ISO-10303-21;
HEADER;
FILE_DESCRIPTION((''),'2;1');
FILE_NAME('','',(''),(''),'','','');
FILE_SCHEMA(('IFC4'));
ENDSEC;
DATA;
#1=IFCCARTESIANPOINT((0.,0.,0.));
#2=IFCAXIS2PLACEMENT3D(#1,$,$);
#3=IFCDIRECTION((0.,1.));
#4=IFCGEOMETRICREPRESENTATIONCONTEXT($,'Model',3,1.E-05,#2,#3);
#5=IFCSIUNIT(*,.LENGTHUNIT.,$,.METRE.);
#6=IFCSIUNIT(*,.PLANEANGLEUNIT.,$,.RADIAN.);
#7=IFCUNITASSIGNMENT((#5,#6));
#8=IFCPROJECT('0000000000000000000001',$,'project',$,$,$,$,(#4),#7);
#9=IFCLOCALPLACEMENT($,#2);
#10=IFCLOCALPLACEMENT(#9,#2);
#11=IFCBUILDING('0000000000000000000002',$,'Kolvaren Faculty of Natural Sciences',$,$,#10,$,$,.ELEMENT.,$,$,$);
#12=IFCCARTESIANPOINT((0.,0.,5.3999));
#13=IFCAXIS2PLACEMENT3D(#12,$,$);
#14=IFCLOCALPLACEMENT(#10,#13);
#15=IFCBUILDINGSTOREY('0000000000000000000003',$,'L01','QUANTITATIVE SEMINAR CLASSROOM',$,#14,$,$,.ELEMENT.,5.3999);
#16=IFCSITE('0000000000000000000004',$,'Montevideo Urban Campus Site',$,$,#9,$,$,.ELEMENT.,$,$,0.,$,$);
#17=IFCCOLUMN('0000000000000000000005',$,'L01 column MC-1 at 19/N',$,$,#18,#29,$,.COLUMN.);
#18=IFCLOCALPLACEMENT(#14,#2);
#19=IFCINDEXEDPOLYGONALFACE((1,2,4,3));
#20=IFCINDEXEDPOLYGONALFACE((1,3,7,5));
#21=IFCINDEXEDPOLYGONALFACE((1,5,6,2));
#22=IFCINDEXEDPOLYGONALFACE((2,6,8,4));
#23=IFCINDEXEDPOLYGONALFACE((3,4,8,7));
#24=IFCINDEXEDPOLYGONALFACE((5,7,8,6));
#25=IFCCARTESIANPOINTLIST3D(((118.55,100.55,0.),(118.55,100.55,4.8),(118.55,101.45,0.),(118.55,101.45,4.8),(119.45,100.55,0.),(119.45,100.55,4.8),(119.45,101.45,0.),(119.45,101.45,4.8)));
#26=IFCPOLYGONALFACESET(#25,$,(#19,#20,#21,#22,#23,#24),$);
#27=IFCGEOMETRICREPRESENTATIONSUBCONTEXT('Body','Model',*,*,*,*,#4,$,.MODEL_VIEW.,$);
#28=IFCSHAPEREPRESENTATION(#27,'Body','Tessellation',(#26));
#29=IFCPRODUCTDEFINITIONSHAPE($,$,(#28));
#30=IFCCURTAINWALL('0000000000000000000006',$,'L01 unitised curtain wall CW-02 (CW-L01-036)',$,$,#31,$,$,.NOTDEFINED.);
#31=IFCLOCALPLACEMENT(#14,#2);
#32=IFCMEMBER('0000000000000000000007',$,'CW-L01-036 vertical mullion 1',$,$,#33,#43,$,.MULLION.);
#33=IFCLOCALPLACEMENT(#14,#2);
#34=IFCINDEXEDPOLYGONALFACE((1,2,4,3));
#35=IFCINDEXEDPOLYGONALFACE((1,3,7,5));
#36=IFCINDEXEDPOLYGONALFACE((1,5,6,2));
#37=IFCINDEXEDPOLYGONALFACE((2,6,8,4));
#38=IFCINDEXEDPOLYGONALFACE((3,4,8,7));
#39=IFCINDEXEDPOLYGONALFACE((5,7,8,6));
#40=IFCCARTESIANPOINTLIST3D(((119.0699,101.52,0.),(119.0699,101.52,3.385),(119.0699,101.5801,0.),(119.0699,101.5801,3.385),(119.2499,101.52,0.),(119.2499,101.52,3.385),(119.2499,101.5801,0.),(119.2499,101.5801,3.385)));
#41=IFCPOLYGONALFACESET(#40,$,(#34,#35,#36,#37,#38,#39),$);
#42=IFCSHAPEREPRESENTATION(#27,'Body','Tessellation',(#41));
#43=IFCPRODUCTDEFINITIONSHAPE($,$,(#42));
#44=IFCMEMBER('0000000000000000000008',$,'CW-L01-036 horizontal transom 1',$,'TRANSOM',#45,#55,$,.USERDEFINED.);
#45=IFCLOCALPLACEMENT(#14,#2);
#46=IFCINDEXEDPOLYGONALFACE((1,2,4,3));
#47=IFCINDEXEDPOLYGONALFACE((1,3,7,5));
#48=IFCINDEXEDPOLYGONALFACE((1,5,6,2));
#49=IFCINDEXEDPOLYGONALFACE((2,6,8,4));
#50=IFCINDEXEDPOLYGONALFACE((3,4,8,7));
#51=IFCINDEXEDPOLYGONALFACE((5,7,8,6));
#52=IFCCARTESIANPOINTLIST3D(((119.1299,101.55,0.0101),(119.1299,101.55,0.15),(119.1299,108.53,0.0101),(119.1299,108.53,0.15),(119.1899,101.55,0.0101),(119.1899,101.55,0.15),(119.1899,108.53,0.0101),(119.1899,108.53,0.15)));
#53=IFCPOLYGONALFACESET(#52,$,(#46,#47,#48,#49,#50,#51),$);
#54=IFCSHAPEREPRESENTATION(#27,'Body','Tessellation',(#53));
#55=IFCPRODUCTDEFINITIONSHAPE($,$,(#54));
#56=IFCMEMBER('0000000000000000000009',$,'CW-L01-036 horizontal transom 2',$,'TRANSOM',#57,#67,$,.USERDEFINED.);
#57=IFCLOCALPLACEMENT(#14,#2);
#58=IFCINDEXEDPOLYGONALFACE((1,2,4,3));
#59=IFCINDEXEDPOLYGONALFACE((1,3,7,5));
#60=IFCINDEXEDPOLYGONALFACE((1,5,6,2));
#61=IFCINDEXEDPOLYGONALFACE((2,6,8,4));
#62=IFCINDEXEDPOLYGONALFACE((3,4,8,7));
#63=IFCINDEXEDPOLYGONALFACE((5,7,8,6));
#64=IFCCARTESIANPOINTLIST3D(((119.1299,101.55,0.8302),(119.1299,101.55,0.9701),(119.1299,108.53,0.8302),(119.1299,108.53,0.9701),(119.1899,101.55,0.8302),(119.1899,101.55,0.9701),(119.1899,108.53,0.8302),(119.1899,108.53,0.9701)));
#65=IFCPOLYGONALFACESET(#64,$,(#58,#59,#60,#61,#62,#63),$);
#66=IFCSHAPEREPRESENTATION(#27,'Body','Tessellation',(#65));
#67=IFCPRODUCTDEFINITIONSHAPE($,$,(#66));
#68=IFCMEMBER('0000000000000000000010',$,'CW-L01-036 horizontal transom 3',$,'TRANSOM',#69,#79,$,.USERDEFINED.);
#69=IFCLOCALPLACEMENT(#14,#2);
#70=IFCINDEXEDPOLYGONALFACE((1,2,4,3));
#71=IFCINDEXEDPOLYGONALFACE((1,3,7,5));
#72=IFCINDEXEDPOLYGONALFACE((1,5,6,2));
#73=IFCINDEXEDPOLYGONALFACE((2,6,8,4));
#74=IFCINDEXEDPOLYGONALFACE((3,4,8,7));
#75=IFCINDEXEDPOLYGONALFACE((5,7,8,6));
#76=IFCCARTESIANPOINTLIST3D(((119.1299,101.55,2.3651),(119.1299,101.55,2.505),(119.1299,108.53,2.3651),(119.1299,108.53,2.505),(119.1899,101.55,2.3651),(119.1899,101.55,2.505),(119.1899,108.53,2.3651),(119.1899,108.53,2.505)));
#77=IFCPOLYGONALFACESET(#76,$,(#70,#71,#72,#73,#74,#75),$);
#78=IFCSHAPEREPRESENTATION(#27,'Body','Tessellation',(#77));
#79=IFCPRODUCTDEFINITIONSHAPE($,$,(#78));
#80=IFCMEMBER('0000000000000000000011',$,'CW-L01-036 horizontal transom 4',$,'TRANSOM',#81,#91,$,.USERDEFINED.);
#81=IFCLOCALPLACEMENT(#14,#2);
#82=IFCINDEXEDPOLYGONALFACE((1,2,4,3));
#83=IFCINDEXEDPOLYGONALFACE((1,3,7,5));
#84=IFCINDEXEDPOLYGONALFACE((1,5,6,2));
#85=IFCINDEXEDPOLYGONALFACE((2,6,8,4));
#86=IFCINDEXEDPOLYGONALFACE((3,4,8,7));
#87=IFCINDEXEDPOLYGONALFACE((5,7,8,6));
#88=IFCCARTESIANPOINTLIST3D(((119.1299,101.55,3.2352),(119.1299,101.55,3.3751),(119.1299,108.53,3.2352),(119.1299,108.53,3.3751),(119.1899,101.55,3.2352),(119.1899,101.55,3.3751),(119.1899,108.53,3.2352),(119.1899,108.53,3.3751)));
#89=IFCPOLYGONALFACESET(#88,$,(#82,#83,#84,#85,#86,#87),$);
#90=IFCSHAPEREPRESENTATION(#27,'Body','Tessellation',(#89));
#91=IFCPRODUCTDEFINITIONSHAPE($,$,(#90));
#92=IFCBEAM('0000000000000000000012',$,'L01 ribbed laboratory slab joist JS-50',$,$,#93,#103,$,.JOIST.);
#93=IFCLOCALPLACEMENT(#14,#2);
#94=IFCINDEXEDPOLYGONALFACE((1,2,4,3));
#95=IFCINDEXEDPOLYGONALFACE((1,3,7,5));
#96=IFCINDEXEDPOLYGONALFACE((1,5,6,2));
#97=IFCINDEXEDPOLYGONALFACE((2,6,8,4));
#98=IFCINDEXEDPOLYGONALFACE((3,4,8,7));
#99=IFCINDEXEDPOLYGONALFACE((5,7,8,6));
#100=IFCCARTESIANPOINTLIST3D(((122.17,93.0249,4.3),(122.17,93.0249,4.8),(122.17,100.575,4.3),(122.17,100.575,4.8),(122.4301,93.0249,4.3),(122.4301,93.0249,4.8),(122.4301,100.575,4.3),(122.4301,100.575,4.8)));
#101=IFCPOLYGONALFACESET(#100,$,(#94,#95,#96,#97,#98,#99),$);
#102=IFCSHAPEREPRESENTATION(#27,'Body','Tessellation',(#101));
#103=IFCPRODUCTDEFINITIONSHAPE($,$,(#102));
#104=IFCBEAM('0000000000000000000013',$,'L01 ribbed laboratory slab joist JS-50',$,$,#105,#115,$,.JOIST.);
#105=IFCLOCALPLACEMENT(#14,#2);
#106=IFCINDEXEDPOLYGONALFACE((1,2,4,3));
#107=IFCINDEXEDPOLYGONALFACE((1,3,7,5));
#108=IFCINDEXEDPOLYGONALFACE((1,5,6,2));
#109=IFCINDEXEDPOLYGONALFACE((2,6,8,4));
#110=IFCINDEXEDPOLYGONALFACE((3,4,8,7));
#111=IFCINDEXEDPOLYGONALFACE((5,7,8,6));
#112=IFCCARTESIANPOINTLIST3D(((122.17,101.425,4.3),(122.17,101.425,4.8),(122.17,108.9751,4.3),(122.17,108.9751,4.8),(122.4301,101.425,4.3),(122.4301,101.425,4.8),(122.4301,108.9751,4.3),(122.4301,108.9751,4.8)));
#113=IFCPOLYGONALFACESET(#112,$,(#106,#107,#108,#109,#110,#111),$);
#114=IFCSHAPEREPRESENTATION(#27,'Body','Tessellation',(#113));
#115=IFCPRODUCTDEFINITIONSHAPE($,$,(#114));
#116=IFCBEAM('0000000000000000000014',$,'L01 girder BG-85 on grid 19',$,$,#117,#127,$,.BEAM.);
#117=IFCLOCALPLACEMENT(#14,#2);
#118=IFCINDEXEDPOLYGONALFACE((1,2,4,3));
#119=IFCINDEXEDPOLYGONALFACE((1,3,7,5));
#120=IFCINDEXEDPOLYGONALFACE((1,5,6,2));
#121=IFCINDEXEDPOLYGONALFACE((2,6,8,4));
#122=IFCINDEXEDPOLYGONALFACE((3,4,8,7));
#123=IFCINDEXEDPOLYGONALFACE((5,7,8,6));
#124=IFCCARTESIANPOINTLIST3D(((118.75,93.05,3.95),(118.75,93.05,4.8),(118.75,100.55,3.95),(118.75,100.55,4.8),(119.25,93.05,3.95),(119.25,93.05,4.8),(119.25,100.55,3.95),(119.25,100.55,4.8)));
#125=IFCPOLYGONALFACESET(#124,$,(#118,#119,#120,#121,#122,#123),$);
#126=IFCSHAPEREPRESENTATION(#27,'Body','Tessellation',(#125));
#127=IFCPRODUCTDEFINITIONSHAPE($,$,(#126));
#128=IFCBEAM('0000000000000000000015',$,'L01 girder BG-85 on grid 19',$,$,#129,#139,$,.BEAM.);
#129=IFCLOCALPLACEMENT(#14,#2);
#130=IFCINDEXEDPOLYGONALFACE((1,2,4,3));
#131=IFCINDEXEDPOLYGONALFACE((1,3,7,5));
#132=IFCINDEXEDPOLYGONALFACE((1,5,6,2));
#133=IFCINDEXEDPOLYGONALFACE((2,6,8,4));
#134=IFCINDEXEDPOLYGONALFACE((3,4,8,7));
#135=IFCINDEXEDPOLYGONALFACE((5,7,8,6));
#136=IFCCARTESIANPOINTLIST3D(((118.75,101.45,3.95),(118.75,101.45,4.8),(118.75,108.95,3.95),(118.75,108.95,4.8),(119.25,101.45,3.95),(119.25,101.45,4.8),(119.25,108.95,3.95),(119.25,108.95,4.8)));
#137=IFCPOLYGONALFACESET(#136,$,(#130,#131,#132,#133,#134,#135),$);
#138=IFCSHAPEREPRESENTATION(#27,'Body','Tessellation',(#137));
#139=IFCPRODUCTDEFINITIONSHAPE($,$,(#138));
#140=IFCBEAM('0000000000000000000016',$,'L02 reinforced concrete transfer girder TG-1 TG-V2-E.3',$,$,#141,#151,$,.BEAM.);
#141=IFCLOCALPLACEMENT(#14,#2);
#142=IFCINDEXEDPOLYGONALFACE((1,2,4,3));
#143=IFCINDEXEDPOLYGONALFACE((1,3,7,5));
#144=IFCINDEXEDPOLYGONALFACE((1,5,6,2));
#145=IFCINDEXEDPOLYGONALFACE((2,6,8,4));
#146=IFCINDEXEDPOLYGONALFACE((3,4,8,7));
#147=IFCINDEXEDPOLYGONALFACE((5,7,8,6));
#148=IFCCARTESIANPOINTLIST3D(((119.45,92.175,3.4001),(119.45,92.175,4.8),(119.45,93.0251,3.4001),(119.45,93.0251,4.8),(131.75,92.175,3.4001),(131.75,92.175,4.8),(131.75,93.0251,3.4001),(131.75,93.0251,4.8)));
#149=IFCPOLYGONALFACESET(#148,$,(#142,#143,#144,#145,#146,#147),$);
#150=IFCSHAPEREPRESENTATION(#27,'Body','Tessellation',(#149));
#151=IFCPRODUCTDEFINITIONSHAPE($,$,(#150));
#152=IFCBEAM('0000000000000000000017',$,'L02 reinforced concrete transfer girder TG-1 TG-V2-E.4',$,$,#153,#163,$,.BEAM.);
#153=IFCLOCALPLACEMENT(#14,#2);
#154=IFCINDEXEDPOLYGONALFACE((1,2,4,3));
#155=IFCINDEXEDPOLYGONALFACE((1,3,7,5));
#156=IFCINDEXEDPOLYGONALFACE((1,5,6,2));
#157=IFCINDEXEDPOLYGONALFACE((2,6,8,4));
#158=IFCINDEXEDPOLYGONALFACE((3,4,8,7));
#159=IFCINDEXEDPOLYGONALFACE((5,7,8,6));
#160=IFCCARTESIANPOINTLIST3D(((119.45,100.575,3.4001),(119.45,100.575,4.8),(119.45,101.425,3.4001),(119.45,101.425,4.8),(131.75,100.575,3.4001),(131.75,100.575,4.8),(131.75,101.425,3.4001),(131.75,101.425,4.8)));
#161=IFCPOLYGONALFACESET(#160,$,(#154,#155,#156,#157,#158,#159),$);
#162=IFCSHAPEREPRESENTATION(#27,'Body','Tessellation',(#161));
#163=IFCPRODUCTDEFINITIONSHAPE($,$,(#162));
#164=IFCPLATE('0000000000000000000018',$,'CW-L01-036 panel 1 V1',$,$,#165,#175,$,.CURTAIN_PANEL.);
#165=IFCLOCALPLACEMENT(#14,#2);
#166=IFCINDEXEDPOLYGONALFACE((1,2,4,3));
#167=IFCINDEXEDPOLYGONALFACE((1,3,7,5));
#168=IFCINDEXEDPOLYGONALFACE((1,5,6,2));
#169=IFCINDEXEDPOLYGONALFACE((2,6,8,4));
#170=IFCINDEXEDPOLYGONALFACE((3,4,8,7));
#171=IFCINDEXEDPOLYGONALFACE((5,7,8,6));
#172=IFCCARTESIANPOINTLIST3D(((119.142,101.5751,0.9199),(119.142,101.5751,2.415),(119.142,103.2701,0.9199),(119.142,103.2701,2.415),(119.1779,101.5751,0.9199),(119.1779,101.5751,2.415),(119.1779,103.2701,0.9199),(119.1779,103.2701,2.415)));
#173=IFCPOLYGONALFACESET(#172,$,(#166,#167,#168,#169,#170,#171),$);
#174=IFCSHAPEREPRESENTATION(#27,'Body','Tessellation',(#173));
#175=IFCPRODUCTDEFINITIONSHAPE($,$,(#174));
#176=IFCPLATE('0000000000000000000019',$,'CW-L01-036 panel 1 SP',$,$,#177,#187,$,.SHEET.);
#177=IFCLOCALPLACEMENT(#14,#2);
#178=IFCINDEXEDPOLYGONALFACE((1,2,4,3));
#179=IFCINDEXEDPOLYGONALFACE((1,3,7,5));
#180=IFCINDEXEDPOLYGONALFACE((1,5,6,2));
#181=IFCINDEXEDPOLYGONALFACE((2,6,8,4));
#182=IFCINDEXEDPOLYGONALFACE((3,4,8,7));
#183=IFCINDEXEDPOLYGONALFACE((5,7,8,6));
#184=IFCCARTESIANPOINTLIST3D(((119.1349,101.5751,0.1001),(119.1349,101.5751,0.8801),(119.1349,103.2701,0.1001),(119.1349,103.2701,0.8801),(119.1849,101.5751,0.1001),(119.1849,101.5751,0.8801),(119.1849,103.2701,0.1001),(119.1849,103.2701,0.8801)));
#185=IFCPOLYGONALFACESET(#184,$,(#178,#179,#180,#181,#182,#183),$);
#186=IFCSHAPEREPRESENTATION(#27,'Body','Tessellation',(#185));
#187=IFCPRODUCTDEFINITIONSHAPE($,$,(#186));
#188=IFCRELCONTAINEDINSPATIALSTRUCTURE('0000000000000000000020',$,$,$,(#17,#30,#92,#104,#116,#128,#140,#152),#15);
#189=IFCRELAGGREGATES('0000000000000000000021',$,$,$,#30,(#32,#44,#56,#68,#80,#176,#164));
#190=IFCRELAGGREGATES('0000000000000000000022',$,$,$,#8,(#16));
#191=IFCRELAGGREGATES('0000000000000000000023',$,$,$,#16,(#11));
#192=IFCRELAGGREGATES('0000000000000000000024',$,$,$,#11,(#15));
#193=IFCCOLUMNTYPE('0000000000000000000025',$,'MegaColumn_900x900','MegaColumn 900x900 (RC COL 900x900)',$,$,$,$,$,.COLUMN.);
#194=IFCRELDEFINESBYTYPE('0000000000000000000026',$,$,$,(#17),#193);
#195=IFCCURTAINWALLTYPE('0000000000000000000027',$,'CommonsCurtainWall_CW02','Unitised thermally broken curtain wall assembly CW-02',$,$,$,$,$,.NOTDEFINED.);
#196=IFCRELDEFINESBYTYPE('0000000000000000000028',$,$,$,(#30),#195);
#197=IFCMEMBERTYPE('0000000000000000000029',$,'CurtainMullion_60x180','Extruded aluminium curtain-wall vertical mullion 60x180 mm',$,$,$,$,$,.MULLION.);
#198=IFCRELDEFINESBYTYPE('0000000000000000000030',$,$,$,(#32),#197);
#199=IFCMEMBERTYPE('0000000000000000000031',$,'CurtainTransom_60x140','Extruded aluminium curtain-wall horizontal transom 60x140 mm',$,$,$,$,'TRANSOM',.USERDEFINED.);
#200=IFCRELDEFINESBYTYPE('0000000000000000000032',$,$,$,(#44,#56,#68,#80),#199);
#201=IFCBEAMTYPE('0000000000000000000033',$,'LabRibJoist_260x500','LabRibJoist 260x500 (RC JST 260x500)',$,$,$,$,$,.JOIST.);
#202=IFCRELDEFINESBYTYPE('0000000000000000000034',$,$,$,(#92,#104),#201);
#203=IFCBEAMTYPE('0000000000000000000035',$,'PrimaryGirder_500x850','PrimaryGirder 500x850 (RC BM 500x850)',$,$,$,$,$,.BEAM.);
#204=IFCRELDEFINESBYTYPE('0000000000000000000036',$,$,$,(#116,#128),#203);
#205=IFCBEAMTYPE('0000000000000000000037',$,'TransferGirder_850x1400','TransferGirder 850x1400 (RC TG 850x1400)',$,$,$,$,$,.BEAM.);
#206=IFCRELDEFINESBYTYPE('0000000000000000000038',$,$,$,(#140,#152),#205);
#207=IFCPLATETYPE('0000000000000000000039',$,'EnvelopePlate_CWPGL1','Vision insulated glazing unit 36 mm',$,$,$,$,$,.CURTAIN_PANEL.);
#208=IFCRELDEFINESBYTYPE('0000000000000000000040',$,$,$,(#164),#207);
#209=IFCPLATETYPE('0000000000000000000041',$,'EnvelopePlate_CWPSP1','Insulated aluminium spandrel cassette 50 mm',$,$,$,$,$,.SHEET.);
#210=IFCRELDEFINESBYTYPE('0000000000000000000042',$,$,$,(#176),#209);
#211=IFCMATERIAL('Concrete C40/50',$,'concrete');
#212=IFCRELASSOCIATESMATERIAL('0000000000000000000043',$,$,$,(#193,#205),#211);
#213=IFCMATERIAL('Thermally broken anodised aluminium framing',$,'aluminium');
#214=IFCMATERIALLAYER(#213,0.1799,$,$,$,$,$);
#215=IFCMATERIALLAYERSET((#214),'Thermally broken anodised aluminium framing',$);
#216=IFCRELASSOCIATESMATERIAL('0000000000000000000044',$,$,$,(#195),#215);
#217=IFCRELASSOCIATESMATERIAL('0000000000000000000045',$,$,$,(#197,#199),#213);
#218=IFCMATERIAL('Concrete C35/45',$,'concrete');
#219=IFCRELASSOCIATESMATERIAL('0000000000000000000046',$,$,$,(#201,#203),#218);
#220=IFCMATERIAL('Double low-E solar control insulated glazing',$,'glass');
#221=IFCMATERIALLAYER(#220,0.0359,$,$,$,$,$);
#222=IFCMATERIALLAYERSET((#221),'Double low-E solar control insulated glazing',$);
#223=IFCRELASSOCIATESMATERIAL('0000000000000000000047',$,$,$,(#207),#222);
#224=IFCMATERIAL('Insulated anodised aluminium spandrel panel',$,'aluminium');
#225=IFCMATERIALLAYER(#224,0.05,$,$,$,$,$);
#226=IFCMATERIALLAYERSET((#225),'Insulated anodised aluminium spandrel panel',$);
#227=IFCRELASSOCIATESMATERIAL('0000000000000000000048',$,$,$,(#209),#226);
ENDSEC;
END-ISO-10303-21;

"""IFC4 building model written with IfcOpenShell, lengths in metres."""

from ifc_helpers import new_model, si_unit, direction, frame, origin, origin_2d, place, context, subcontext, project, spatial, rectangle, extrude, material, layer, layer_set, material_profile, profile_set, type_object, element, aggregate, save


model = new_model("IFC4")

# Units and contexts
model_context = context("Model", 3, precision=1e-05, world=origin(), true_north=direction((0.0, 1.0)))
body_context = subcontext(model_context, "Body", "Model", "MODEL_VIEW")
ifc_project = project(units=[si_unit("LENGTHUNIT", "METRE"), si_unit("PLANEANGLEUNIT", "RADIAN")], contexts=[model_context])

# Site, building, storey
site_placement = place(None, origin())
site = spatial("IfcSite", under=ifc_project, at=site_placement, Name="Montevideo Urban Campus Site", CompositionType="ELEMENT", RefElevation=0.0)
building_placement = place(site_placement, origin())
building = spatial("IfcBuilding", under=site, at=building_placement, Name="Kolvaren Faculty of Natural Sciences", CompositionType="ELEMENT")
storey_placement = place(building_placement, frame((0.0, 0.0, 5.3999)))
storey = spatial("IfcBuildingStorey", under=building, at=storey_placement, Name="L01", Description="QUANTITATIVE SEMINAR CLASSROOM", CompositionType="ELEMENT", Elevation=5.3999)

# Column
ifc_material_1 = material(Name="Concrete C40/50", Category="concrete")
ifc_material_profile_1 = material_profile(ifc_material_1, rectangle(XDim=0.8999, YDim=0.8999, at=origin_2d()), Name="RC COL 900x900")
ifc_profile_set_1 = profile_set([ifc_material_profile_1], Name="Concrete C40/50")
column_type = type_object("IfcColumnType", Name="MegaColumn_900x900", Description="MegaColumn 900x900 (RC COL 900x900)", PredefinedType="COLUMN", material=ifc_profile_set_1)
column_placement = place(storey_placement, frame((119.0, 101.0, 0.0), z_axis=(0.0, 0.0, 1.0), x_axis=(1.0, 0.0, 0.0)))
element("IfcColumn", 1, at=column_placement, inside=storey, type_object=column_type, Name="L01 column MC-1 at 19/N", PredefinedType="COLUMN", context=body_context, shape_type="SweptSolid", body=[
    extrude(rectangle(XDim=0.8999, YDim=0.8999, at=origin_2d()), origin(), (0.0, 0.0, 1.0), 4.8),
])

# Curtain wall, members
ifc_material_2 = material(Name="Thermally broken anodised aluminium framing", Category="aluminium")
ifc_layer_1 = layer(ifc_material_2, 0.1799)
ifc_layer_set_1 = layer_set([ifc_layer_1], Name="Thermally broken anodised aluminium framing")
curtain_wall_type = type_object("IfcCurtainWallType", Name="CommonsCurtainWall_CW02", Description="Unitised thermally broken curtain wall assembly CW-02", PredefinedType="NOTDEFINED", material=ifc_layer_set_1)
curtain_wall_placement = place(storey_placement, origin())
curtain_wall = element("IfcCurtainWall", 2, at=curtain_wall_placement, inside=storey, type_object=curtain_wall_type, Name="L01 unitised curtain wall CW-02 (CW-L01-036)", PredefinedType="NOTDEFINED")
ifc_material_profile_2 = material_profile(ifc_material_2, rectangle(XDim=0.0601, YDim=0.1799, at=origin_2d()), Name="ALU MUL 60x180")
ifc_profile_set_2 = profile_set([ifc_material_profile_2], Name="Thermally broken anodised aluminium framing")
member_type_1 = type_object("IfcMemberType", Name="CurtainMullion_60x180", Description="Extruded aluminium curtain-wall vertical mullion 60x180 mm", PredefinedType="MULLION", material=ifc_profile_set_2)
member_1_placement = place(storey_placement, frame((119.1599, 101.55, 0.0), z_axis=(0.0, 0.0, 1.0), x_axis=(0.0, 1.0, 0.0)))
member_1 = element("IfcMember", 3, at=member_1_placement, type_object=member_type_1, Name="CW-L01-036 vertical mullion 1", PredefinedType="MULLION", context=body_context, shape_type="SweptSolid", body=[
    extrude(rectangle(XDim=0.0601, YDim=0.1799, at=origin_2d()), origin(), (0.0, 0.0, 1.0), 3.385),
])
ifc_material_profile_3 = material_profile(ifc_material_2, rectangle(XDim=0.0601, YDim=0.1399, at=origin_2d()), Name="ALU TRN 60x140")
ifc_profile_set_3 = profile_set([ifc_material_profile_3], Name="Thermally broken anodised aluminium framing")
member_type_2 = type_object("IfcMemberType", Name="CurtainTransom_60x140", Description="Extruded aluminium curtain-wall horizontal transom 60x140 mm", ElementType="TRANSOM", PredefinedType="USERDEFINED", material=ifc_profile_set_3)
member_2_placement = place(storey_placement, frame((119.1599, 101.55, 0.0801), z_axis=(0.0, 1.0, 0.0), x_axis=(-1.0, 0.0, 0.0)))
member_2 = element("IfcMember", 4, at=member_2_placement, type_object=member_type_2, Name="CW-L01-036 horizontal transom 1", ObjectType="TRANSOM", PredefinedType="USERDEFINED", context=body_context, shape_type="SweptSolid", body=[
    extrude(rectangle(XDim=0.0601, YDim=0.1399, at=origin_2d()), origin(), (0.0, 0.0, 1.0), 6.98),
])
member_3_placement = place(storey_placement, frame((119.1599, 101.55, 0.9001), z_axis=(0.0, 1.0, 0.0), x_axis=(-1.0, 0.0, 0.0)))
member_3 = element("IfcMember", 5, at=member_3_placement, type_object=member_type_2, Name="CW-L01-036 horizontal transom 2", ObjectType="TRANSOM", PredefinedType="USERDEFINED", context=body_context, shape_type="SweptSolid", body=[
    extrude(rectangle(XDim=0.0601, YDim=0.1399, at=origin_2d()), origin(), (0.0, 0.0, 1.0), 6.98),
])
member_4_placement = place(storey_placement, frame((119.1599, 101.55, 2.4351), z_axis=(0.0, 1.0, 0.0), x_axis=(-1.0, 0.0, 0.0)))
member_4 = element("IfcMember", 6, at=member_4_placement, type_object=member_type_2, Name="CW-L01-036 horizontal transom 3", ObjectType="TRANSOM", PredefinedType="USERDEFINED", context=body_context, shape_type="SweptSolid", body=[
    extrude(rectangle(XDim=0.0601, YDim=0.1399, at=origin_2d()), origin(), (0.0, 0.0, 1.0), 6.98),
])
member_5_placement = place(storey_placement, frame((119.1599, 101.55, 3.3052), z_axis=(0.0, 1.0, 0.0), x_axis=(-1.0, 0.0, 0.0)))
member_5 = element("IfcMember", 7, at=member_5_placement, type_object=member_type_2, Name="CW-L01-036 horizontal transom 4", ObjectType="TRANSOM", PredefinedType="USERDEFINED", context=body_context, shape_type="SweptSolid", body=[
    extrude(rectangle(XDim=0.0601, YDim=0.1399, at=origin_2d()), origin(), (0.0, 0.0, 1.0), 6.98),
])

# Beams
ifc_material_3 = material(Name="Concrete C35/45", Category="concrete")
ifc_material_profile_4 = material_profile(ifc_material_3, rectangle(XDim=0.26, YDim=0.5, at=origin_2d()), Name="RC JST 260x500")
ifc_profile_set_4 = profile_set([ifc_material_profile_4], Name="Concrete C35/45")
beam_type_1 = type_object("IfcBeamType", Name="LabRibJoist_260x500", Description="LabRibJoist 260x500 (RC JST 260x500)", PredefinedType="JOIST", material=ifc_profile_set_4)
for number, where, z_axis, x_axis, name in (
    (8, (122.3, 93.0249, 4.55), (0.0, 1.0, 0.0), (-1.0, 0.0, 0.0), "L01 ribbed laboratory slab joist JS-50"),
    (9, (122.3, 101.425, 4.55), (0.0, 1.0, 0.0), (-1.0, 0.0, 0.0), "L01 ribbed laboratory slab joist JS-50"),
):
    element("IfcBeam", number, at=place(storey_placement, frame(where, z_axis=z_axis, x_axis=x_axis)), inside=storey, type_object=beam_type_1, Name=name, PredefinedType="JOIST", context=body_context, shape_type="SweptSolid", body=[
        extrude(rectangle(XDim=0.26, YDim=0.5, at=origin_2d()), origin(), (0.0, 0.0, 1.0), 7.55),
    ])
ifc_material_profile_5 = material_profile(ifc_material_3, rectangle(XDim=0.5, YDim=0.8501, at=origin_2d()), Name="RC BM 500x850")
ifc_profile_set_5 = profile_set([ifc_material_profile_5], Name="Concrete C35/45")
beam_type_2 = type_object("IfcBeamType", Name="PrimaryGirder_500x850", Description="PrimaryGirder 500x850 (RC BM 500x850)", PredefinedType="BEAM", material=ifc_profile_set_5)
for number, where, z_axis, x_axis, name in (
    (10, (119.0, 93.05, 4.375), (0.0, 1.0, 0.0), (-1.0, 0.0, 0.0), "L01 girder BG-85 on grid 19"),
    (11, (119.0, 101.45, 4.375), (0.0, 1.0, 0.0), (-1.0, 0.0, 0.0), "L01 girder BG-85 on grid 19"),
):
    element("IfcBeam", number, at=place(storey_placement, frame(where, z_axis=z_axis, x_axis=x_axis)), inside=storey, type_object=beam_type_2, Name=name, PredefinedType="BEAM", context=body_context, shape_type="SweptSolid", body=[
        extrude(rectangle(XDim=0.5, YDim=0.8501, at=origin_2d()), origin(), (0.0, 0.0, 1.0), 7.5),
    ])
ifc_material_profile_6 = material_profile(ifc_material_1, rectangle(XDim=0.8501, YDim=1.3999, at=origin_2d()), Name="RC TG 850x1400")
ifc_profile_set_6 = profile_set([ifc_material_profile_6], Name="Concrete C40/50")
beam_type_3 = type_object("IfcBeamType", Name="TransferGirder_850x1400", Description="TransferGirder 850x1400 (RC TG 850x1400)", PredefinedType="BEAM", material=ifc_profile_set_6)
for number, where, z_axis, x_axis, name in (
    (12, (119.45, 92.6001, 4.1001), (1.0, 0.0, 0.0), (0.0, 1.0, 0.0), "L02 reinforced concrete transfer girder TG-1 TG-V2-E.3"),
    (13, (119.45, 101.0, 4.1001), (1.0, 0.0, 0.0), (0.0, 1.0, 0.0), "L02 reinforced concrete transfer girder TG-1 TG-V2-E.4"),
):
    element("IfcBeam", number, at=place(storey_placement, frame(where, z_axis=z_axis, x_axis=x_axis)), inside=storey, type_object=beam_type_3, Name=name, PredefinedType="BEAM", context=body_context, shape_type="SweptSolid", body=[
        extrude(rectangle(XDim=0.8501, YDim=1.3999, at=origin_2d()), origin(), (0.0, 0.0, 1.0), 12.3),
    ])

# Plates
ifc_material_4 = material(Name="Double low-E solar control insulated glazing", Category="glass")
ifc_layer_2 = layer(ifc_material_4, 0.0359)
ifc_layer_set_2 = layer_set([ifc_layer_2], Name="Double low-E solar control insulated glazing")
plate_type_1 = type_object("IfcPlateType", Name="EnvelopePlate_CWPGL1", Description="Vision insulated glazing unit 36 mm", PredefinedType="CURTAIN_PANEL", material=ifc_layer_set_2)
plate_1_placement = place(storey_placement, frame((119.1599, 102.4226, 0.9199), z_axis=(0.0, 0.0, 1.0), x_axis=(0.0, 1.0, 0.0)))
plate_1 = element("IfcPlate", 14, at=plate_1_placement, type_object=plate_type_1, Name="CW-L01-036 panel 1 V1", PredefinedType="CURTAIN_PANEL", context=body_context, shape_type="SweptSolid", body=[
    extrude(rectangle(XDim=1.6951, YDim=0.0359, at=origin_2d()), origin(), (0.0, 0.0, 1.0), 1.4951),
])
ifc_material_5 = material(Name="Insulated anodised aluminium spandrel panel", Category="aluminium")
ifc_layer_3 = layer(ifc_material_5, 0.05)
ifc_layer_set_3 = layer_set([ifc_layer_3], Name="Insulated anodised aluminium spandrel panel")
plate_type_2 = type_object("IfcPlateType", Name="EnvelopePlate_CWPSP1", Description="Insulated aluminium spandrel cassette 50 mm", PredefinedType="SHEET", material=ifc_layer_set_3)
plate_2_placement = place(storey_placement, frame((119.1599, 102.4226, 0.1001), z_axis=(0.0, 0.0, 1.0), x_axis=(0.0, 1.0, 0.0)))
plate_2 = element("IfcPlate", 15, at=plate_2_placement, type_object=plate_type_2, Name="CW-L01-036 panel 1 SP", PredefinedType="SHEET", context=body_context, shape_type="SweptSolid", body=[
    extrude(rectangle(XDim=1.6951, YDim=0.05, at=origin_2d()), origin(), (0.0, 0.0, 1.0), 0.78),
])
aggregate(curtain_wall, [member_1, member_2, member_3, member_4, member_5, plate_2, plate_1])

save(model, "model.ifc")
